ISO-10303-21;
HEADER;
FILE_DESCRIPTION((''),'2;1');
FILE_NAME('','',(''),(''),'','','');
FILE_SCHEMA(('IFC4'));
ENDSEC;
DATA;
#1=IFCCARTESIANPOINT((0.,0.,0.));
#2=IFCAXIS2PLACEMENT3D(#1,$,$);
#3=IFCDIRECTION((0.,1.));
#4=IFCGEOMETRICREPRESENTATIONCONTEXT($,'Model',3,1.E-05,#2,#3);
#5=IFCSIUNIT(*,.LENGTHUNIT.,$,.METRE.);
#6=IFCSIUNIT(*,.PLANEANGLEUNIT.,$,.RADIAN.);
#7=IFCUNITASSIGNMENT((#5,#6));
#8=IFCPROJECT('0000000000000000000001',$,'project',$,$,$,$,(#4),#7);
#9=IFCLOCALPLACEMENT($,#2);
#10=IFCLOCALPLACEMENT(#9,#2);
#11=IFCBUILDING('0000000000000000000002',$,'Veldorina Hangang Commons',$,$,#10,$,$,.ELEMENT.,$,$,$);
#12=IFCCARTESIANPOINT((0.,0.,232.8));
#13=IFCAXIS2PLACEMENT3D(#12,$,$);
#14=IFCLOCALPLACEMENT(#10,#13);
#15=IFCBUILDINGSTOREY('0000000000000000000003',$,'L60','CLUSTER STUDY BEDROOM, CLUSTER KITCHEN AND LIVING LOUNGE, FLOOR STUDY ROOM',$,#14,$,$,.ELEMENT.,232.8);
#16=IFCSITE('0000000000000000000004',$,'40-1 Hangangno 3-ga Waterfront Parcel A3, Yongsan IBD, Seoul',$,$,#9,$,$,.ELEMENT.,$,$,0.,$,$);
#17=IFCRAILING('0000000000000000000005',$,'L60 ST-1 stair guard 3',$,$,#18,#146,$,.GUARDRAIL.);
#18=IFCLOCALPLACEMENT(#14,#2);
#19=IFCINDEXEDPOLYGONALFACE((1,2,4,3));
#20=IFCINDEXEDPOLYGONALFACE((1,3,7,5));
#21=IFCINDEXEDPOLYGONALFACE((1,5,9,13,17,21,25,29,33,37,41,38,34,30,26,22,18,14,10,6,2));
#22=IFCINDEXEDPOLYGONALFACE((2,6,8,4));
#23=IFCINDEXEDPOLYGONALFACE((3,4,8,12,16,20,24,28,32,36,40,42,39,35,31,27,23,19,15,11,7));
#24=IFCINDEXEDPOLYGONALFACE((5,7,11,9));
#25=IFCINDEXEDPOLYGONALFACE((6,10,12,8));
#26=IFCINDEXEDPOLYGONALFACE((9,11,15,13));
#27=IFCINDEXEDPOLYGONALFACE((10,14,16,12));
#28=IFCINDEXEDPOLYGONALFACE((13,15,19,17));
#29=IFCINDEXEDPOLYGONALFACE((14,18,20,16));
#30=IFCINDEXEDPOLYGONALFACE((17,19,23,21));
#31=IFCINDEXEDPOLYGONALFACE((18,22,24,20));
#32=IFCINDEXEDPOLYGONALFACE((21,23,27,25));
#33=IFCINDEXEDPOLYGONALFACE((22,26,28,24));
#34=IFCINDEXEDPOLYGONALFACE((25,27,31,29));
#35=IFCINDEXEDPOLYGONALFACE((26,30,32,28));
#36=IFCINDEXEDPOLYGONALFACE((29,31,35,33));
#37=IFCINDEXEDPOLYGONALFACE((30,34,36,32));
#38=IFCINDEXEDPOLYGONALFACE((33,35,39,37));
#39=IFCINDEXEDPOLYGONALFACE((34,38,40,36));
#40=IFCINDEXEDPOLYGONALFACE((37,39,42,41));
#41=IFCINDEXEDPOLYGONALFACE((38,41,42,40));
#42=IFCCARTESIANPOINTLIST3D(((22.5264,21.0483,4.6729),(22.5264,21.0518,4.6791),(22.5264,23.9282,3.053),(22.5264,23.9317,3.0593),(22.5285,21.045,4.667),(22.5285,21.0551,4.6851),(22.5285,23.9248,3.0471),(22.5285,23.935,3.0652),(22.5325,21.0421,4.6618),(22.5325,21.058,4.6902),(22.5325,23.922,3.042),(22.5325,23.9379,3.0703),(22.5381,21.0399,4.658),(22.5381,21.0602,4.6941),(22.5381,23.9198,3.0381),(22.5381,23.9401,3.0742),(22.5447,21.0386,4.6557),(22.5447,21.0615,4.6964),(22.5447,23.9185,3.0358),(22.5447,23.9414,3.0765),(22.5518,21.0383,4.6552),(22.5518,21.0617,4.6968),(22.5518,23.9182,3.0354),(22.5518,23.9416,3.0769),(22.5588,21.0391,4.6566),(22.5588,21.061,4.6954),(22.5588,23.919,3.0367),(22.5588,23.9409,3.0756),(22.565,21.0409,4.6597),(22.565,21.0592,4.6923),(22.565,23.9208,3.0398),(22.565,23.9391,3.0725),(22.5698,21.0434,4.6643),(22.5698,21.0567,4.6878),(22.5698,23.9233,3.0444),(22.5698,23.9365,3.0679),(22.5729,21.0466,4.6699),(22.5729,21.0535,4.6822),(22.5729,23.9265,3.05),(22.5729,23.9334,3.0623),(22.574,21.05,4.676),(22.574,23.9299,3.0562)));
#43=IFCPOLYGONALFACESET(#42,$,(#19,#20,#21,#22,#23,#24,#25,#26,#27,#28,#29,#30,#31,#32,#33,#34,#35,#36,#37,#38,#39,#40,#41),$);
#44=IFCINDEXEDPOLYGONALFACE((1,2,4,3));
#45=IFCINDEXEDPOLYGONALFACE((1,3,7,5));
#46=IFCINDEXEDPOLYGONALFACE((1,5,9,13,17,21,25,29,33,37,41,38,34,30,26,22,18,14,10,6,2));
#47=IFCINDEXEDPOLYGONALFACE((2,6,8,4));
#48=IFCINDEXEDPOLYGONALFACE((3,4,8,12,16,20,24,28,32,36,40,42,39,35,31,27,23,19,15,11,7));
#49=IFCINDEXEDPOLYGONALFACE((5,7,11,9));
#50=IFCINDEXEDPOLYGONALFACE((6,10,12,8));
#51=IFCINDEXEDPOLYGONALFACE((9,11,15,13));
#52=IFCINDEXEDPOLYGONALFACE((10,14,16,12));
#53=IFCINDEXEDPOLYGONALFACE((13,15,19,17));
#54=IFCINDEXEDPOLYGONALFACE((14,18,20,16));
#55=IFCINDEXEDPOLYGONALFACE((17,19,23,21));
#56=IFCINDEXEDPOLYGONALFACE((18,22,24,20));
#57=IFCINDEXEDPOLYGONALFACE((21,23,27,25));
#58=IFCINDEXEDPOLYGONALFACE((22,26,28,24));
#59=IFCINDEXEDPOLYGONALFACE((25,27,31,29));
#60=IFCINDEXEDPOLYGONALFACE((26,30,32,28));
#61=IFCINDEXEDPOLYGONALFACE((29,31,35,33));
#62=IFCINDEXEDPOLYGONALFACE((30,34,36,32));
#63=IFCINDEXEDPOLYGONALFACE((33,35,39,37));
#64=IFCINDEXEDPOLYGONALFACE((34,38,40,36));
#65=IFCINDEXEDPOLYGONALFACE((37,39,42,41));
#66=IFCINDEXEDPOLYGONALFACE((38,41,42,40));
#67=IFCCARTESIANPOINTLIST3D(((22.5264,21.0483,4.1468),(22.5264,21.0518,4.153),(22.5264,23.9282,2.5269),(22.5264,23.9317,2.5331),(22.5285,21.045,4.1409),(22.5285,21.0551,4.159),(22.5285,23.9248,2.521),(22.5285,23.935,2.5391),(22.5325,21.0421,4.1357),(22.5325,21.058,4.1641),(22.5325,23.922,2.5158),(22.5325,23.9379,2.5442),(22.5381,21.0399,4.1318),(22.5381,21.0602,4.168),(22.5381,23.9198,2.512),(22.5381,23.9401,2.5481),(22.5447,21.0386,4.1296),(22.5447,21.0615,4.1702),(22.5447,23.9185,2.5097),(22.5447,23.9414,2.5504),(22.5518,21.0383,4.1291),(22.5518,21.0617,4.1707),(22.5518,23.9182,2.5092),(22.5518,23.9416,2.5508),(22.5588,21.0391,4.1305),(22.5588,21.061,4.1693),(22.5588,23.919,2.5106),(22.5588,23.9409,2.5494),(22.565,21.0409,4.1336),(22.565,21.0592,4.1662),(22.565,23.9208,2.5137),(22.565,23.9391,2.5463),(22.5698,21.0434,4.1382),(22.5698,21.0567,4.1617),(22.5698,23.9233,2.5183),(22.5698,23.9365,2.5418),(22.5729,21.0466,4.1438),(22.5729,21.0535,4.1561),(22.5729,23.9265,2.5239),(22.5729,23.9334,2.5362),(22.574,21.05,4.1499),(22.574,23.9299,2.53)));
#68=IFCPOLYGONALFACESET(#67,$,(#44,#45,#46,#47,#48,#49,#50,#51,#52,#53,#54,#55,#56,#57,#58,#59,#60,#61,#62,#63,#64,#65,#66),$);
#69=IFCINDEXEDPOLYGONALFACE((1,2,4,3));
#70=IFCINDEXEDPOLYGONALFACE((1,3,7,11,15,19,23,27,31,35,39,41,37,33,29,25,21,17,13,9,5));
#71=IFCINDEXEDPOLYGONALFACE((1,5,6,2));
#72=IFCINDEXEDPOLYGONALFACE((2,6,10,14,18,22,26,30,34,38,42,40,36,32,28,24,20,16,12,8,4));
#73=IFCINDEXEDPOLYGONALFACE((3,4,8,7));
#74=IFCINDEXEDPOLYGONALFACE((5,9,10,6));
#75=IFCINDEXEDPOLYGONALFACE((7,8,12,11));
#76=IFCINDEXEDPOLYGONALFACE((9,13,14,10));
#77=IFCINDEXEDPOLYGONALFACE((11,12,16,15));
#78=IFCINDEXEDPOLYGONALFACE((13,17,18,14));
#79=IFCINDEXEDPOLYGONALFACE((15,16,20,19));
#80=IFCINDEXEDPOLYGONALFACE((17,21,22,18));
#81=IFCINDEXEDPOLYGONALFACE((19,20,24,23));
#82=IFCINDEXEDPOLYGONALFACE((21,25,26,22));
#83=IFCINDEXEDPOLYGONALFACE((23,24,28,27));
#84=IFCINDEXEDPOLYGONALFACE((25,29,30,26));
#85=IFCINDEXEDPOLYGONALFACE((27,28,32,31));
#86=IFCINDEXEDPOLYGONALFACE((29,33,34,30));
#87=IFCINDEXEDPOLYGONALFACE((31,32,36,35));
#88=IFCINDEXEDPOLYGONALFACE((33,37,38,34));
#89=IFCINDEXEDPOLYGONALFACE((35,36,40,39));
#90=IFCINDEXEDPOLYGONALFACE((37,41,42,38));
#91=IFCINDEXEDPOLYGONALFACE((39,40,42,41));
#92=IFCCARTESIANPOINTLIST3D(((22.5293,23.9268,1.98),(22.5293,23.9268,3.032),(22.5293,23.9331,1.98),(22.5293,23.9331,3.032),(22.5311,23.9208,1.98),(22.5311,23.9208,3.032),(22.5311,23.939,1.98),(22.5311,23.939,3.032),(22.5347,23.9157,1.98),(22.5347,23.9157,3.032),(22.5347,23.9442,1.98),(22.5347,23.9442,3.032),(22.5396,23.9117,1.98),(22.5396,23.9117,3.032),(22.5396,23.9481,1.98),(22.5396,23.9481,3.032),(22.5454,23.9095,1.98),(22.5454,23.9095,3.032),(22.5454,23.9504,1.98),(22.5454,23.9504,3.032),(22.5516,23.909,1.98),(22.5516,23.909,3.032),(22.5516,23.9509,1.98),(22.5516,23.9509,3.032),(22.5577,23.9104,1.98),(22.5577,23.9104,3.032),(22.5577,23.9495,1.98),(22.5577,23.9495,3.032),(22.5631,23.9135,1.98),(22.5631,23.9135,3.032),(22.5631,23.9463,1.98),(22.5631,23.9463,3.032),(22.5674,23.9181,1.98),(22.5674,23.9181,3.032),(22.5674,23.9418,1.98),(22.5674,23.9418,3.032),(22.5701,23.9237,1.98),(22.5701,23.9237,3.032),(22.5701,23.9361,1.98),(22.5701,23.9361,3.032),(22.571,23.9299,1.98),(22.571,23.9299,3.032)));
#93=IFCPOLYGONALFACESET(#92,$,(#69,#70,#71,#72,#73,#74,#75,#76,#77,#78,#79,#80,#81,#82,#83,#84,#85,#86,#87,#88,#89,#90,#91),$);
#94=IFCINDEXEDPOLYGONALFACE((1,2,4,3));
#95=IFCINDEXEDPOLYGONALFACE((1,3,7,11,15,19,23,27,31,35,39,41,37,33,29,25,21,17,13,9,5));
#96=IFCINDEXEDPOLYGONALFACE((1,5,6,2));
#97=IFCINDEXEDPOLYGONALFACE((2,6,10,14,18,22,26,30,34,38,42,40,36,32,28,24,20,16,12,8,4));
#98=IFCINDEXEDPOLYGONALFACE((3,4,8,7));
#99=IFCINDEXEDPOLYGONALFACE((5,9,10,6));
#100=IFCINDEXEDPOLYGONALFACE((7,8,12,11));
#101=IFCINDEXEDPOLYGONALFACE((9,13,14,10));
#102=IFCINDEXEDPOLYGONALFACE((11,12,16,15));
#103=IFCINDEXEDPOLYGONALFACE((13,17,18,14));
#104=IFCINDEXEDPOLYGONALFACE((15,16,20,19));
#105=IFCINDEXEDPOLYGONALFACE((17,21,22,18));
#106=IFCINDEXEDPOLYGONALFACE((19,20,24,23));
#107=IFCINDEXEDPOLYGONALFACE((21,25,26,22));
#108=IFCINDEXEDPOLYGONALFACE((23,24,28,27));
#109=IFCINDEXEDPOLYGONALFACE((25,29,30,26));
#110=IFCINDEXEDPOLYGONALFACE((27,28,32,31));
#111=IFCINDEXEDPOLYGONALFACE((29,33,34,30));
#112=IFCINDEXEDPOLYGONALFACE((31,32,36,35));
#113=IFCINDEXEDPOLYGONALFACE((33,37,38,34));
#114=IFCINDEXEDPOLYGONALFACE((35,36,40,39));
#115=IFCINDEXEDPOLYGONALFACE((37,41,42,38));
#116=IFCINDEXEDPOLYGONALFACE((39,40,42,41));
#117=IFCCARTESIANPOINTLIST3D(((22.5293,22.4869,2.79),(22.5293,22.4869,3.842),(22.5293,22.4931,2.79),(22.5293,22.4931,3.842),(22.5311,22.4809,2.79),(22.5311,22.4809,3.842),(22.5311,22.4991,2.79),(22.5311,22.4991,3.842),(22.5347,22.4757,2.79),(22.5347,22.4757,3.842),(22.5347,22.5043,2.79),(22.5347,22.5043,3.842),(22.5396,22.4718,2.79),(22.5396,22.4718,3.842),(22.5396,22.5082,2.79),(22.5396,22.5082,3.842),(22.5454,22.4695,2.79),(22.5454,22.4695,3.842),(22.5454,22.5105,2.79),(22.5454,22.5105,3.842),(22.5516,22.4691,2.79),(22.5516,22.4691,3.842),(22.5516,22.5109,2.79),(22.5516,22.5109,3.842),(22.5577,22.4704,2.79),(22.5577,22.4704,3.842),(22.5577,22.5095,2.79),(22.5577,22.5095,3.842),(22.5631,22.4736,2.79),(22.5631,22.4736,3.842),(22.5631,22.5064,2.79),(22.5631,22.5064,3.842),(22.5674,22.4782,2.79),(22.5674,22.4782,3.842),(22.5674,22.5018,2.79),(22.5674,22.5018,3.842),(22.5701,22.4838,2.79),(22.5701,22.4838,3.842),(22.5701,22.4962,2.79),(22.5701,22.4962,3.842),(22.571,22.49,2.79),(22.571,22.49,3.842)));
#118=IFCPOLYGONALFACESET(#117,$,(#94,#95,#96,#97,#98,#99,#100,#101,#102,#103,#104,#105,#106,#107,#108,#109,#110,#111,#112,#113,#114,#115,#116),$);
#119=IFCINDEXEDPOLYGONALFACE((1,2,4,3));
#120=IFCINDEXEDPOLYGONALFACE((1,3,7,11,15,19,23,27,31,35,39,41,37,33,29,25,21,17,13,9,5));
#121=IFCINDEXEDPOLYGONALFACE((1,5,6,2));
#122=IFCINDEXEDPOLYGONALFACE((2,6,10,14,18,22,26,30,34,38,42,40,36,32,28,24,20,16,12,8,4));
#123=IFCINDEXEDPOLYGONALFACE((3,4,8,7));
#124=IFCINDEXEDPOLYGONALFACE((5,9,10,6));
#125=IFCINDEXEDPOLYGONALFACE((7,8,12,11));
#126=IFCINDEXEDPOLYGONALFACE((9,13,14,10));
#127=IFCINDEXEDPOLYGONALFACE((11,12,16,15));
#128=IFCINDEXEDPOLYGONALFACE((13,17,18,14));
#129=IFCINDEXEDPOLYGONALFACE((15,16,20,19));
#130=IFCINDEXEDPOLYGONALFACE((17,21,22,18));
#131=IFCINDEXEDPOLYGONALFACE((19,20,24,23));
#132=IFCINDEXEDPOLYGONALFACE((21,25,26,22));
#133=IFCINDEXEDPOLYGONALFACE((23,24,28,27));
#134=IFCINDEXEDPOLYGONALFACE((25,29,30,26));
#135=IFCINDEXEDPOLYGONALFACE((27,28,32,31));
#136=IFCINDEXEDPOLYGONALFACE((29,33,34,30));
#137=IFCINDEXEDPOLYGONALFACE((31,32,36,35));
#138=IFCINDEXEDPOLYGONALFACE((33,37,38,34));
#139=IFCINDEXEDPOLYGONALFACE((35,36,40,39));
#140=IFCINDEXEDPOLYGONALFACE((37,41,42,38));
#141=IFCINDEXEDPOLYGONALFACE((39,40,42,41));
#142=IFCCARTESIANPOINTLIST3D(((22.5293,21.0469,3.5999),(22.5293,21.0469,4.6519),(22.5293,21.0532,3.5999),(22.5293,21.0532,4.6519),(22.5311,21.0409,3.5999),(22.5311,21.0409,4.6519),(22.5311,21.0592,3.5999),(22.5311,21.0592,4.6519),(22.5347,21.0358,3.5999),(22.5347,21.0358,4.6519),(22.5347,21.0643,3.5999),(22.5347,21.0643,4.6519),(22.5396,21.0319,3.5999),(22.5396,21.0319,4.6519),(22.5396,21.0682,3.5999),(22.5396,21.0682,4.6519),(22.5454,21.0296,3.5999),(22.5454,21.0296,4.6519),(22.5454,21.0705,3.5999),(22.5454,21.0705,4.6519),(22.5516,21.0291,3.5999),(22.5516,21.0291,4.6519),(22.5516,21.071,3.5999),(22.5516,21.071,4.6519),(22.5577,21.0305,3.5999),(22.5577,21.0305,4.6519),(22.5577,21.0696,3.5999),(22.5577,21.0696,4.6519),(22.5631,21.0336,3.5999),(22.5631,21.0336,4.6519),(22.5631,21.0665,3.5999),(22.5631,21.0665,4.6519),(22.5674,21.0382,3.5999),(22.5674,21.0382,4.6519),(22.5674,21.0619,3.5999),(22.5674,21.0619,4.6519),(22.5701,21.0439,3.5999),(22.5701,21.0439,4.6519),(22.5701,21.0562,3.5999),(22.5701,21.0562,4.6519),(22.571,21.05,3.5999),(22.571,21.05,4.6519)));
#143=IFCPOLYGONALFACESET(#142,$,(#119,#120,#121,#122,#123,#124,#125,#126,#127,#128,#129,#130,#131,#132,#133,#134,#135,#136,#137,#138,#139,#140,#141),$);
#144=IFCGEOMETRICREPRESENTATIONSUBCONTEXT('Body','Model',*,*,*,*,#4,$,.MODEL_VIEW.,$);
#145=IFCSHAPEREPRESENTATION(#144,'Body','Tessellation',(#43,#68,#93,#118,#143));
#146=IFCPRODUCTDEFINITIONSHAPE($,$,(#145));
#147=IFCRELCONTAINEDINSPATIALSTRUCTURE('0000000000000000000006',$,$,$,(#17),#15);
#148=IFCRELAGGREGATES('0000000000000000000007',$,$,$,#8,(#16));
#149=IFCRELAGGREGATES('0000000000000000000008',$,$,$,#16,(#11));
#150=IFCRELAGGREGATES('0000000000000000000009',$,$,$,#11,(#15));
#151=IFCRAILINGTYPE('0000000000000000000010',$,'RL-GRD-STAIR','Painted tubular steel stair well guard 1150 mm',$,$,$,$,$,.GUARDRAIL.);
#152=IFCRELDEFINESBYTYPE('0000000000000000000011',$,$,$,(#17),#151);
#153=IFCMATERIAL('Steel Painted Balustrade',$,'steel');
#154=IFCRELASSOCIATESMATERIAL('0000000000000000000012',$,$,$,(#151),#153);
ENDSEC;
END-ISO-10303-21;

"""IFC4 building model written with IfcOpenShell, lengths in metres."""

from ifc_helpers import new_model, si_unit, direction, frame, origin, origin_2d, place, context, subcontext, project, spatial, circle, extrude, material, type_object, element, save


model = new_model("IFC4")

# Units and contexts
model_context = context("Model", 3, precision=1e-05, world=origin(), true_north=direction((0.0, 1.0)))
body_context = subcontext(model_context, "Body", "Model", "MODEL_VIEW")
ifc_project = project(units=[si_unit("LENGTHUNIT", "METRE"), si_unit("PLANEANGLEUNIT", "RADIAN")], contexts=[model_context])

# Site, building, storey
site_placement = place(None, origin())
site = spatial("IfcSite", under=ifc_project, at=site_placement, Name="40-1 Hangangno 3-ga Waterfront Parcel A3, Yongsan IBD, Seoul", CompositionType="ELEMENT", RefElevation=0.0)
building_placement = place(site_placement, origin())
building = spatial("IfcBuilding", under=site, at=building_placement, Name="Veldorina Hangang Commons", CompositionType="ELEMENT")
storey_placement = place(building_placement, frame((0.0, 0.0, 232.8)))
storey = spatial("IfcBuildingStorey", under=building, at=storey_placement, Name="L60", Description="CLUSTER STUDY BEDROOM, CLUSTER KITCHEN AND LIVING LOUNGE, FLOOR STUDY ROOM", CompositionType="ELEMENT", Elevation=232.8)

# Railing
ifc_material_1 = material(Name="Steel Painted Balustrade", Category="steel")
railing_type = type_object("IfcRailingType", Name="RL-GRD-STAIR", Description="Painted tubular steel stair well guard 1150 mm", PredefinedType="GUARDRAIL", material=ifc_material_1)
railing_1_placement = place(storey_placement, frame((22.55, 23.9299, 1.98)))
element("IfcRailing", 1, at=railing_1_placement, inside=storey, type_object=railing_type, Name="L60 ST-1 stair guard 3", PredefinedType="GUARDRAIL", context=body_context, shape_type="SweptSolid", body=[
    extrude(circle(Radius=0.0239, at=origin_2d()), frame((0.0, 0.0, 1.0762), z_axis=(0.0, -0.871583, 0.490247), x_axis=(1.0, 0.0, 0.0)), (0.0, 0.0, 1.0), 3.3042),
    extrude(circle(Radius=0.0239, at=origin_2d()), frame((0.0, 0.0, 0.55), z_axis=(0.0, -0.871583, 0.490247), x_axis=(1.0, 0.0, 0.0)), (0.0, 0.0, 1.0), 3.3042),
    extrude(circle(Radius=0.021, at=origin_2d()), origin(), (0.0, 0.0, 1.0), 1.052),
    extrude(circle(Radius=0.021, at=origin_2d()), frame((0.0, -1.4399, 0.8101)), (0.0, 0.0, 1.0), 1.052),
    extrude(circle(Radius=0.021, at=origin_2d()), frame((0.0, -2.8799, 1.6199)), (0.0, 0.0, 1.0), 1.052),
])

save(model, "model.ifc")
